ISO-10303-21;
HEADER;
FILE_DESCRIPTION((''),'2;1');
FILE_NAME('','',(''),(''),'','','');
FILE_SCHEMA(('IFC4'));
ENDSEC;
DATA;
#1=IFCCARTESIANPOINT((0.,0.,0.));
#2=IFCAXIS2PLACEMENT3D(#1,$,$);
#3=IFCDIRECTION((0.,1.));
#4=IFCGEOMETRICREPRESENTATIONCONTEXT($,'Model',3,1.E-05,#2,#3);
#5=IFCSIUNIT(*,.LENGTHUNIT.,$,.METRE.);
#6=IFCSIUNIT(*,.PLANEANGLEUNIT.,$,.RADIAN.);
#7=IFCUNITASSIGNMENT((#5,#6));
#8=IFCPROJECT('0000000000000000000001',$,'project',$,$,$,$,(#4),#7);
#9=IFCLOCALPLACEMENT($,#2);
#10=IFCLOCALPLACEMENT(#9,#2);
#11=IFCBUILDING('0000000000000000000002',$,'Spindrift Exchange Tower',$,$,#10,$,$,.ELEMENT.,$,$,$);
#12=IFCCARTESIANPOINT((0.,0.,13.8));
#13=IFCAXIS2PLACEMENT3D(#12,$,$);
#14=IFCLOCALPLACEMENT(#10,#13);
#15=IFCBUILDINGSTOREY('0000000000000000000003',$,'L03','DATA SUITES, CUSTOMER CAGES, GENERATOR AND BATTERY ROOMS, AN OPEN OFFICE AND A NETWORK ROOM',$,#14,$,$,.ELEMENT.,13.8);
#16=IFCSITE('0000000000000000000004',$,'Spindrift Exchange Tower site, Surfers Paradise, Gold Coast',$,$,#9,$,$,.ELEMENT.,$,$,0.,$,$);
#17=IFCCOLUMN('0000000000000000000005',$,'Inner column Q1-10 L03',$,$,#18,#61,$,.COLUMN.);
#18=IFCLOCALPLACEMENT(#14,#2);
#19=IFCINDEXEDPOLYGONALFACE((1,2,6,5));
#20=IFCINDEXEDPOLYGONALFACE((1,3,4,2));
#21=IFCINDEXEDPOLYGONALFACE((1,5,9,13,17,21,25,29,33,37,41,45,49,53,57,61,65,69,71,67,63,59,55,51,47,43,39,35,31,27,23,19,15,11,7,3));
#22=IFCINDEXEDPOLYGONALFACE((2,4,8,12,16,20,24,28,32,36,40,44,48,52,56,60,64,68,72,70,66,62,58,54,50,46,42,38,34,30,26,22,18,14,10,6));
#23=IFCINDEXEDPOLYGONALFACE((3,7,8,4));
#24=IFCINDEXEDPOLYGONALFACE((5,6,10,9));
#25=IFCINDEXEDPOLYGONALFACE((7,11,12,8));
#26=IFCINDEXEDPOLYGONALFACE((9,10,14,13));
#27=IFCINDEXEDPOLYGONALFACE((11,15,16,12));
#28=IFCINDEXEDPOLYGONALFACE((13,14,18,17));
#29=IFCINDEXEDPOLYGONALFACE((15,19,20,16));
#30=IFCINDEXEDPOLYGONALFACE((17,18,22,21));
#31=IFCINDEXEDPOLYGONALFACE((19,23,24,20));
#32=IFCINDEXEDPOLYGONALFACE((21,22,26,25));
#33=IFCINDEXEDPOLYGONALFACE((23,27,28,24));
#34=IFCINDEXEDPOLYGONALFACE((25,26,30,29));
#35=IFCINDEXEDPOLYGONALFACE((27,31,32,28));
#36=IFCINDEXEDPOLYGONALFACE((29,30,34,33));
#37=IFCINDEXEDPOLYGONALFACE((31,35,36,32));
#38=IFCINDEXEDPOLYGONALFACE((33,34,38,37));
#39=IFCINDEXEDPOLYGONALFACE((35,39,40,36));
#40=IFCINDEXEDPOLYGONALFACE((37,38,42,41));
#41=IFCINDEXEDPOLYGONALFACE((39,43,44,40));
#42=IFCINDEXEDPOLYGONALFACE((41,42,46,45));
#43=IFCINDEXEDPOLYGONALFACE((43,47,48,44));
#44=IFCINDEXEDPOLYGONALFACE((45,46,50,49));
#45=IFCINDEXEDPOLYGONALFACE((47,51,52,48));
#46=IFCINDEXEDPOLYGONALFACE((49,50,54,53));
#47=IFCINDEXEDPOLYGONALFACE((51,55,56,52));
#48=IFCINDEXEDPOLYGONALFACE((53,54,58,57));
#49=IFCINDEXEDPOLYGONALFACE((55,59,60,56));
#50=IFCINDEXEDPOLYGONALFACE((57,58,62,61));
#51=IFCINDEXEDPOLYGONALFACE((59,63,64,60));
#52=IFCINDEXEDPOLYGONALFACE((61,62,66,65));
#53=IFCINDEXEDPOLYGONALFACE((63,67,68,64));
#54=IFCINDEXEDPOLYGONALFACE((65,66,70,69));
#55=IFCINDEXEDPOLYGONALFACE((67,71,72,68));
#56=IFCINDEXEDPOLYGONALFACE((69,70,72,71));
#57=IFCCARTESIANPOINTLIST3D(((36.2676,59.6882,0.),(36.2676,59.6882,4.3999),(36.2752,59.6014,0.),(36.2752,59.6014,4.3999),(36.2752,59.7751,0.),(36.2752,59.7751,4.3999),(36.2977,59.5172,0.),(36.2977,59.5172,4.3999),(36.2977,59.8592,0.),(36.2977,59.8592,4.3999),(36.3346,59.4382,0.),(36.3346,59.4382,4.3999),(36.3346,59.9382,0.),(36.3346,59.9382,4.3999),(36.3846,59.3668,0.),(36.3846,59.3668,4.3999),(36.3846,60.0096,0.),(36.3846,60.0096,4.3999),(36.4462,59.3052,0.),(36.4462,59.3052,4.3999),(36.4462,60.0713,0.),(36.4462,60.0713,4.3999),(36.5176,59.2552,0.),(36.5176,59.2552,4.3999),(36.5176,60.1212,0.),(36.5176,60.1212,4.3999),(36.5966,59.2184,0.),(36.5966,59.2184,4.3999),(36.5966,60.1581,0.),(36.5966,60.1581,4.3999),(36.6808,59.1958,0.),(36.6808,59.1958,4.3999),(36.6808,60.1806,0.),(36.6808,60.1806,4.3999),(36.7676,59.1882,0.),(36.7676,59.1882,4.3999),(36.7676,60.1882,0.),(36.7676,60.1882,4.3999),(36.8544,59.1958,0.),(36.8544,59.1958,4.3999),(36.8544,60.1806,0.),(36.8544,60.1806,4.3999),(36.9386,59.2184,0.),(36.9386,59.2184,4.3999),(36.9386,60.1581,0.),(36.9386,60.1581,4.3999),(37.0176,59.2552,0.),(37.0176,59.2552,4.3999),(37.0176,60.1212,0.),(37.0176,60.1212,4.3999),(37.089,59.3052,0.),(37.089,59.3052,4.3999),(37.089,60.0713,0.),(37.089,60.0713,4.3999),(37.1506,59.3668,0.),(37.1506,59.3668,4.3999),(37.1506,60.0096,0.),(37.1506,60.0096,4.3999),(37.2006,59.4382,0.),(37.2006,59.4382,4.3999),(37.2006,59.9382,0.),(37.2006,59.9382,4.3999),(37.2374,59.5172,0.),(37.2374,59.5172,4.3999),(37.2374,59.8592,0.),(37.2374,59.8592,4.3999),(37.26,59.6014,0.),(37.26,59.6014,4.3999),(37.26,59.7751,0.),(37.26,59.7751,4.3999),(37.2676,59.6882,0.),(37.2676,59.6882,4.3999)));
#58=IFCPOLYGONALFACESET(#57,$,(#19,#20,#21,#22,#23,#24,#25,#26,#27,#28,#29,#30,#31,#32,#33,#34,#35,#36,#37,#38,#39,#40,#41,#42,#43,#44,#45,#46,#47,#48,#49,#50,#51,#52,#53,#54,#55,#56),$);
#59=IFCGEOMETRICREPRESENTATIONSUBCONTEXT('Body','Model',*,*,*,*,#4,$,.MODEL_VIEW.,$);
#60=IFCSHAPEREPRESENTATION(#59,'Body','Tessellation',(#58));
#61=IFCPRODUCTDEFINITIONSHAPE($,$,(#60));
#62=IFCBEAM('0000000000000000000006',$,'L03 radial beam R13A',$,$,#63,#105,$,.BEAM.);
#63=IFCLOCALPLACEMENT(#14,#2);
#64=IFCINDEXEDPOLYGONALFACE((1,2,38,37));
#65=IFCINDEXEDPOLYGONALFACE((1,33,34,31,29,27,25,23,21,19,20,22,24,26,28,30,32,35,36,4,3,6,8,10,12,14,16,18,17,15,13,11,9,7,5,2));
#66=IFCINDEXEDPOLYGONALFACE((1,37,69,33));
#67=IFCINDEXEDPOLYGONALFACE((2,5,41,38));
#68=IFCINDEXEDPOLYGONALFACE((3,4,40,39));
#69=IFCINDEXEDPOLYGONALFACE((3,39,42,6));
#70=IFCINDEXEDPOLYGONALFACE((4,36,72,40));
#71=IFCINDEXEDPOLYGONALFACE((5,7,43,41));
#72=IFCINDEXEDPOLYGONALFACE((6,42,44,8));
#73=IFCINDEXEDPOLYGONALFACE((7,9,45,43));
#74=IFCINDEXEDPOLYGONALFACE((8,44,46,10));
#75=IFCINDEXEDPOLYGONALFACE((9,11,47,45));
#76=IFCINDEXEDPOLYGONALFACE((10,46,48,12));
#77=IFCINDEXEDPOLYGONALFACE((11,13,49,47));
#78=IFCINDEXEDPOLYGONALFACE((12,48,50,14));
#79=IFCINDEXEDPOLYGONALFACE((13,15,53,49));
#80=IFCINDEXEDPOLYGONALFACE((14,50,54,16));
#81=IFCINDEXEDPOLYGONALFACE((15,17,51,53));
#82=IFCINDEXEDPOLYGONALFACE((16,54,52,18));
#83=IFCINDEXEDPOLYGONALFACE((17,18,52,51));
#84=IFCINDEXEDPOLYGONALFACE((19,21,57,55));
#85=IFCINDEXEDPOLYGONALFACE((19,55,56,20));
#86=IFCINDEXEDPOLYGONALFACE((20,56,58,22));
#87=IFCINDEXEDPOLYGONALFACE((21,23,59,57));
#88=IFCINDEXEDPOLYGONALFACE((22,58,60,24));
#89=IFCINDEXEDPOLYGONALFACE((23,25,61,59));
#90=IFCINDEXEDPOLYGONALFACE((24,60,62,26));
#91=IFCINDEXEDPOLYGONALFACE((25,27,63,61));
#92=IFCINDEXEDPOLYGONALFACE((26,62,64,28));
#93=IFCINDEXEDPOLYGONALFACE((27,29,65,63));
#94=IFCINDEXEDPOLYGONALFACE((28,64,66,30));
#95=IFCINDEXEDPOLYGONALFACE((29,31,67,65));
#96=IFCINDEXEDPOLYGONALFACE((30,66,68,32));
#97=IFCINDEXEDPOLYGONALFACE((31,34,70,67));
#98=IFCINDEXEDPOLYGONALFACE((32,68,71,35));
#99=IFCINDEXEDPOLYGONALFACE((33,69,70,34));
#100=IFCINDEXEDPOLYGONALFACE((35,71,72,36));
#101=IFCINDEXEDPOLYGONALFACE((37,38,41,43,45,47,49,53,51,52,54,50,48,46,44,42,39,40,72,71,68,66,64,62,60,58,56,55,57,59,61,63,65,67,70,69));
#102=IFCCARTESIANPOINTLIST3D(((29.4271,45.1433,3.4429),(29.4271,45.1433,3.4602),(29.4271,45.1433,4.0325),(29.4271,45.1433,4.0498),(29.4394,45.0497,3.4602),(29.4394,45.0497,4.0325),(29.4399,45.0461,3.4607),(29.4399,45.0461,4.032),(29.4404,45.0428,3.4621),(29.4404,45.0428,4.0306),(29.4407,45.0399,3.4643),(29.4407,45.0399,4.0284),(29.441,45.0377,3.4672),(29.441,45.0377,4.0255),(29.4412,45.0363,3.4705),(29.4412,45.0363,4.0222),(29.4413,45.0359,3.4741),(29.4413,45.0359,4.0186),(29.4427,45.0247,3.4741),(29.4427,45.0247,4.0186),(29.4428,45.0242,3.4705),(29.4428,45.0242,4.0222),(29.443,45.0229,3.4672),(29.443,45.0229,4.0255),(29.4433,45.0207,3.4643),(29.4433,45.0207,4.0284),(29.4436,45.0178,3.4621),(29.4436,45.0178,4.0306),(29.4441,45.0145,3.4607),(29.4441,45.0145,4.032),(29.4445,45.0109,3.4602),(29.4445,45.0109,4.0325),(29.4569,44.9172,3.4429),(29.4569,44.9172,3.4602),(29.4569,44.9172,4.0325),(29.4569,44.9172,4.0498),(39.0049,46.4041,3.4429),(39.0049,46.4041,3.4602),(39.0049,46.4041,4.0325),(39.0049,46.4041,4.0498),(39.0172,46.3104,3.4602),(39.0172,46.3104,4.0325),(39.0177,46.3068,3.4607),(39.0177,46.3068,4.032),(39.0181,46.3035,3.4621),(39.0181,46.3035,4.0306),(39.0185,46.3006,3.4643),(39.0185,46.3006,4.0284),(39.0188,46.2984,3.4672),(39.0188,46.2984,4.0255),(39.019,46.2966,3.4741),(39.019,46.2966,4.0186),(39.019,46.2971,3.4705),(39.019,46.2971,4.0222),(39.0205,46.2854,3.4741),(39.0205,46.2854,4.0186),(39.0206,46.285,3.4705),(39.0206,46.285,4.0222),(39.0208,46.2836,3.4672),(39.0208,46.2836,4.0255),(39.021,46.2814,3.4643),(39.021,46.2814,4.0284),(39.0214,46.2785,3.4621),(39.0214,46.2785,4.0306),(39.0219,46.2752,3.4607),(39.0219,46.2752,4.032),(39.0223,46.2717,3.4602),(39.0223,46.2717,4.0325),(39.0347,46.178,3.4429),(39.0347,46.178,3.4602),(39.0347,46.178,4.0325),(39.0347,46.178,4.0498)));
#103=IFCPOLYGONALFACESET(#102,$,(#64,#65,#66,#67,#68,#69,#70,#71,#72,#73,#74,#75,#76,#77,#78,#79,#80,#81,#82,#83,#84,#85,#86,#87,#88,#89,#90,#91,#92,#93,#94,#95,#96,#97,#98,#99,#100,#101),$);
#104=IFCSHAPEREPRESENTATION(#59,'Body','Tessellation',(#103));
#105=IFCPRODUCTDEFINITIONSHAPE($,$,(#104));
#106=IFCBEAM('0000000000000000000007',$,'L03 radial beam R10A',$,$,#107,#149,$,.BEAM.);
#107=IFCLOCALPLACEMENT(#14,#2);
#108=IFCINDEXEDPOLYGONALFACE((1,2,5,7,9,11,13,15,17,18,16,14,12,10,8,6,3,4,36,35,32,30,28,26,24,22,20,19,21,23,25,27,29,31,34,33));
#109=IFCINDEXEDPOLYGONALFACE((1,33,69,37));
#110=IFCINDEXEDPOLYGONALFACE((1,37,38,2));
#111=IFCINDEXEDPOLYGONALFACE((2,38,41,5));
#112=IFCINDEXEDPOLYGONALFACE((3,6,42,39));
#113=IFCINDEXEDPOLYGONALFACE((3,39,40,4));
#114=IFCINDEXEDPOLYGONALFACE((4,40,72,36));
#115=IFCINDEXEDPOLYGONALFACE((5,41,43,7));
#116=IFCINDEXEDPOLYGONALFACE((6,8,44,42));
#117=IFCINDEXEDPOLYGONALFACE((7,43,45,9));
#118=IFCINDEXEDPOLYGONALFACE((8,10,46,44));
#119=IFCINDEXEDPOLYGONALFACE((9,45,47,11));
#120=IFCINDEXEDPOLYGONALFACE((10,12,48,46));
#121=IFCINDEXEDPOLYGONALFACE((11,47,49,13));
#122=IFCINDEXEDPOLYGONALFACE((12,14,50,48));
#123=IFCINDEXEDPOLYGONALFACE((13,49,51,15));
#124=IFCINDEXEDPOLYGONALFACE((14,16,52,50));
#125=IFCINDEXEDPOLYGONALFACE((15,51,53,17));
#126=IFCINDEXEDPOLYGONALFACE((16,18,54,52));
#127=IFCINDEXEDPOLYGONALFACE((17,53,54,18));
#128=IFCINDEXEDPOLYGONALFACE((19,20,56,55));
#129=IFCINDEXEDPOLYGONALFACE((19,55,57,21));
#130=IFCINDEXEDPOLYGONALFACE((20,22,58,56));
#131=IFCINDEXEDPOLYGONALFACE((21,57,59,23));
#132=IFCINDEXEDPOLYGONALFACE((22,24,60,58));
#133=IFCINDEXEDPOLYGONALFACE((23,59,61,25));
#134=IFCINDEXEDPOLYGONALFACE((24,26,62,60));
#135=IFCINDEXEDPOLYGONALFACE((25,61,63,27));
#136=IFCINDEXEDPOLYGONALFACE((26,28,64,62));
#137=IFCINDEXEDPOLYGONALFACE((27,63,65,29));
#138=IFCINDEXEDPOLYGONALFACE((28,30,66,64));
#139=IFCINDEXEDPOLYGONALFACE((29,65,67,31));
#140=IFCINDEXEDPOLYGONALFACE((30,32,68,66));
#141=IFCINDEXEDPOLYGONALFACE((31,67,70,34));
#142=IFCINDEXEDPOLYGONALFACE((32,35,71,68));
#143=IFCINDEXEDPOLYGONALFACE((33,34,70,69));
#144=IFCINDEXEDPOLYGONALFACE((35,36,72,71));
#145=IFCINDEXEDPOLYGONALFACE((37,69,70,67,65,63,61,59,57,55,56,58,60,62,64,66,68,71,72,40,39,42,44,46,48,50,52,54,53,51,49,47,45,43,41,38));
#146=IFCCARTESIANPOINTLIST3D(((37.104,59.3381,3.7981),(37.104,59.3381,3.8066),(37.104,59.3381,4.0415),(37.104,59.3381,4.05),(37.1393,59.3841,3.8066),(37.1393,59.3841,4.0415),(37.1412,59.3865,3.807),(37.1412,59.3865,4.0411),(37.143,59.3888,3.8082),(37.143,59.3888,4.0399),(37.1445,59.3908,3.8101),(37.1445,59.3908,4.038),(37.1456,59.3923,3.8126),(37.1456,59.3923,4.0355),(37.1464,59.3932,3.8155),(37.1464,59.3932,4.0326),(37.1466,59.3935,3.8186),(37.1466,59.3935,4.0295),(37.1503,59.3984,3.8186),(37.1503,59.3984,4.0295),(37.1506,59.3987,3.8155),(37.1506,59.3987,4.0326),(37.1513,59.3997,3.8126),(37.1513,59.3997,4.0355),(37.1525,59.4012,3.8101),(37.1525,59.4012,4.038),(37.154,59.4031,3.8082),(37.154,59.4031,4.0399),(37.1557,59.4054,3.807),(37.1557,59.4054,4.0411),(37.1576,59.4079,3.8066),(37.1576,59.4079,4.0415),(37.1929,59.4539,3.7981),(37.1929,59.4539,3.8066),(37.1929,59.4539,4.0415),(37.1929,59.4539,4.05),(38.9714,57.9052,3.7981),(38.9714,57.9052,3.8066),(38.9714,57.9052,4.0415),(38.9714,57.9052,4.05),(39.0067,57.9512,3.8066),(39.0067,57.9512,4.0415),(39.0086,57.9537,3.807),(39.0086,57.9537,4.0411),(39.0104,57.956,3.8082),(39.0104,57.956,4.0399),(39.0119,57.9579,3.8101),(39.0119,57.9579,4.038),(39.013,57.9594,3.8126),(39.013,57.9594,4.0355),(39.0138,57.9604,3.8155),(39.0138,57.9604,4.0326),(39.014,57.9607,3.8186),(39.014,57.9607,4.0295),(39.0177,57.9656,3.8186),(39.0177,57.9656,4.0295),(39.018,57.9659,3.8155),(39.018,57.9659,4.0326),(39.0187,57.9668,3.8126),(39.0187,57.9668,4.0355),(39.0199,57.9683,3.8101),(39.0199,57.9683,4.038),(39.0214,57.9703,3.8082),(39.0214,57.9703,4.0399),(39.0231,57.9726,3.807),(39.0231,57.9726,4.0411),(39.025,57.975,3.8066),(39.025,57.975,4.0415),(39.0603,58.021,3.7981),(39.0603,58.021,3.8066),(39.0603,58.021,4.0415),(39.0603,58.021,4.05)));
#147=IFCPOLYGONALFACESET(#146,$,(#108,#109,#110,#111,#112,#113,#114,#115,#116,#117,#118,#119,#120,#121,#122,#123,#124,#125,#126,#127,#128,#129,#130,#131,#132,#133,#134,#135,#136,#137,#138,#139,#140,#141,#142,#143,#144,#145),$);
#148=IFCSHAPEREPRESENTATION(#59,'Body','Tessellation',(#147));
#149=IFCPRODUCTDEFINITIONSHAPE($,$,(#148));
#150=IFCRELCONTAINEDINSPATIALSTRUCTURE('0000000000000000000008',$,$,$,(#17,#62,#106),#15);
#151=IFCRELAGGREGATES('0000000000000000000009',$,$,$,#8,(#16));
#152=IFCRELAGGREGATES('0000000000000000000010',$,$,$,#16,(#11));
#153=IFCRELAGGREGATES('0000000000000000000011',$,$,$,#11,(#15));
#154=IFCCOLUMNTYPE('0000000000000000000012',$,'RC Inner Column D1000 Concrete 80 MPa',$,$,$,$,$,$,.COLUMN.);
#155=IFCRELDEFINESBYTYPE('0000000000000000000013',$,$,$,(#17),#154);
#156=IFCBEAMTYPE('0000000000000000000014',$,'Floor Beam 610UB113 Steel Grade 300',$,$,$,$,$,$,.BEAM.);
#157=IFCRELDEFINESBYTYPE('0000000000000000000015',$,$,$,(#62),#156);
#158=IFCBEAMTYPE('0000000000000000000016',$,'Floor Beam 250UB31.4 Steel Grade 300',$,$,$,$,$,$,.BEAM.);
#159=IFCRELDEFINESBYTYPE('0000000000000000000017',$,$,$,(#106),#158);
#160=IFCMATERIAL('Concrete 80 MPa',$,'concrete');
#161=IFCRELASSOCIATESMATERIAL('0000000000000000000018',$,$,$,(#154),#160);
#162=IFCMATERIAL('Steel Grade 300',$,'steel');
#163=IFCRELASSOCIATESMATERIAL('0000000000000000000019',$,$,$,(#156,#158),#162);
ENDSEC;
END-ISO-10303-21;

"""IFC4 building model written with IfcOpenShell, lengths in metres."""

from ifc_helpers import new_model, si_unit, direction, frame, origin, origin_2d, place, context, subcontext, project, spatial, circle, i_section, extrude, source, transform, mapped, material, material_profile, profile_set, type_object, element, save


model = new_model("IFC4")

# Units and contexts
model_context = context("Model", 3, precision=1e-05, world=origin(), true_north=direction((0.0, 1.0)))
body_context = subcontext(model_context, "Body", "Model", "MODEL_VIEW")
ifc_project = project(units=[si_unit("LENGTHUNIT", "METRE"), si_unit("PLANEANGLEUNIT", "RADIAN")], contexts=[model_context])

# Site, building, storey
site_placement = place(None, origin())
site = spatial("IfcSite", under=ifc_project, at=site_placement, Name="Spindrift Exchange Tower site, Surfers Paradise, Gold Coast", CompositionType="ELEMENT", RefElevation=0.0)
building_placement = place(site_placement, origin())
building = spatial("IfcBuilding", under=site, at=building_placement, Name="Spindrift Exchange Tower", CompositionType="ELEMENT")
storey_placement = place(building_placement, frame((0.0, 0.0, 13.8)))
storey = spatial("IfcBuildingStorey", under=building, at=storey_placement, Name="L03", Description="DATA SUITES, CUSTOMER CAGES, GENERATOR AND BATTERY ROOMS, AN OPEN OFFICE AND A NETWORK ROOM", CompositionType="ELEMENT", Elevation=13.8)

# Column
ifc_material_1 = material(Name="Concrete 80 MPa", Category="concrete")
ifc_material_profile_1 = material_profile(ifc_material_1, circle(Radius=0.5, at=origin_2d()), Name="RC D1000")
ifc_profile_set_1 = profile_set([ifc_material_profile_1], Name="Concrete 80 MPa")
column_type = type_object("IfcColumnType", Name="RC Inner Column D1000 Concrete 80 MPa", PredefinedType="COLUMN", material=ifc_profile_set_1)
shared_shape_1 = source(origin(), body_context, "Body", "SweptSolid", [
    extrude(circle(Radius=0.5, at=origin_2d()), origin(), (0.0, 0.0, 1.0), 4.3999),
])
column_placement = place(storey_placement, frame((36.7676, 59.6882, 0.0), z_axis=(0.0, 0.0, 1.0), x_axis=(1.0, 0.0, 0.0)))
element("IfcColumn", 1, at=column_placement, inside=storey, type_object=column_type, Name="Inner column Q1-10 L03", PredefinedType="COLUMN", context=body_context, shape_type="MappedRepresentation", body=[
    mapped(shared_shape_1, transform((0.0, 0.0, 0.0), scale=1.0)),
])

# Beams
ifc_material_2 = material(Name="Steel Grade 300", Category="steel")
ifc_material_profile_2 = material_profile(ifc_material_2, i_section(OverallWidth=0.228, OverallDepth=0.6069, WebThickness=0.0112, FlangeThickness=0.0173, FilletRadius=0.0139, at=origin_2d()), Name="610UB113")
ifc_profile_set_2 = profile_set([ifc_material_profile_2], Name="Steel Grade 300")
beam_type_1 = type_object("IfcBeamType", Name="Floor Beam 610UB113 Steel Grade 300", PredefinedType="BEAM", material=ifc_profile_set_2)
shared_shape_2 = source(origin(), body_context, "Body", "SweptSolid", [
    extrude(i_section(OverallWidth=0.228, OverallDepth=0.6069, WebThickness=0.0112, FlangeThickness=0.0173, FilletRadius=0.0139, at=origin_2d()), origin(), (0.0, 0.0, 1.0), 9.6604),
])
beam_1_placement = place(storey_placement, frame((39.0198, 46.291, 3.7463), z_axis=(-0.991448, -0.130505, 0.0), x_axis=(0.130505, -0.991448, 0.0)))
element("IfcBeam", 2, at=beam_1_placement, inside=storey, type_object=beam_type_1, Name="L03 radial beam R13A", PredefinedType="BEAM", context=body_context, shape_type="MappedRepresentation", body=[
    mapped(shared_shape_2, transform((0.0, 0.0, 0.0), scale=1.0)),
])
ifc_material_profile_3 = material_profile(ifc_material_2, i_section(OverallWidth=0.146, OverallDepth=0.252, WebThickness=0.0061, FlangeThickness=0.0085, FilletRadius=0.012, at=origin_2d()), Name="250UB31.4")
ifc_profile_set_3 = profile_set([ifc_material_profile_3], Name="Steel Grade 300")
beam_type_2 = type_object("IfcBeamType", Name="Floor Beam 250UB31.4 Steel Grade 300", PredefinedType="BEAM", material=ifc_profile_set_3)
shared_shape_3 = source(origin(), body_context, "Body", "SweptSolid", [
    extrude(i_section(OverallWidth=0.146, OverallDepth=0.252, WebThickness=0.0061, FlangeThickness=0.0085, FilletRadius=0.012, at=origin_2d()), origin(), (0.0, 0.0, 1.0), 2.3538),
])
beam_2_placement = place(storey_placement, frame((39.0159, 57.9631, 3.9241), z_axis=(-0.793368, 0.608743, 0.0), x_axis=(-0.608743, -0.793368, 0.0)))
element("IfcBeam", 3, at=beam_2_placement, inside=storey, type_object=beam_type_2, Name="L03 radial beam R10A", PredefinedType="BEAM", context=body_context, shape_type="MappedRepresentation", body=[
    mapped(shared_shape_3, transform((0.0, 0.0, 0.0), scale=1.0)),
])

save(model, "model.ifc")
